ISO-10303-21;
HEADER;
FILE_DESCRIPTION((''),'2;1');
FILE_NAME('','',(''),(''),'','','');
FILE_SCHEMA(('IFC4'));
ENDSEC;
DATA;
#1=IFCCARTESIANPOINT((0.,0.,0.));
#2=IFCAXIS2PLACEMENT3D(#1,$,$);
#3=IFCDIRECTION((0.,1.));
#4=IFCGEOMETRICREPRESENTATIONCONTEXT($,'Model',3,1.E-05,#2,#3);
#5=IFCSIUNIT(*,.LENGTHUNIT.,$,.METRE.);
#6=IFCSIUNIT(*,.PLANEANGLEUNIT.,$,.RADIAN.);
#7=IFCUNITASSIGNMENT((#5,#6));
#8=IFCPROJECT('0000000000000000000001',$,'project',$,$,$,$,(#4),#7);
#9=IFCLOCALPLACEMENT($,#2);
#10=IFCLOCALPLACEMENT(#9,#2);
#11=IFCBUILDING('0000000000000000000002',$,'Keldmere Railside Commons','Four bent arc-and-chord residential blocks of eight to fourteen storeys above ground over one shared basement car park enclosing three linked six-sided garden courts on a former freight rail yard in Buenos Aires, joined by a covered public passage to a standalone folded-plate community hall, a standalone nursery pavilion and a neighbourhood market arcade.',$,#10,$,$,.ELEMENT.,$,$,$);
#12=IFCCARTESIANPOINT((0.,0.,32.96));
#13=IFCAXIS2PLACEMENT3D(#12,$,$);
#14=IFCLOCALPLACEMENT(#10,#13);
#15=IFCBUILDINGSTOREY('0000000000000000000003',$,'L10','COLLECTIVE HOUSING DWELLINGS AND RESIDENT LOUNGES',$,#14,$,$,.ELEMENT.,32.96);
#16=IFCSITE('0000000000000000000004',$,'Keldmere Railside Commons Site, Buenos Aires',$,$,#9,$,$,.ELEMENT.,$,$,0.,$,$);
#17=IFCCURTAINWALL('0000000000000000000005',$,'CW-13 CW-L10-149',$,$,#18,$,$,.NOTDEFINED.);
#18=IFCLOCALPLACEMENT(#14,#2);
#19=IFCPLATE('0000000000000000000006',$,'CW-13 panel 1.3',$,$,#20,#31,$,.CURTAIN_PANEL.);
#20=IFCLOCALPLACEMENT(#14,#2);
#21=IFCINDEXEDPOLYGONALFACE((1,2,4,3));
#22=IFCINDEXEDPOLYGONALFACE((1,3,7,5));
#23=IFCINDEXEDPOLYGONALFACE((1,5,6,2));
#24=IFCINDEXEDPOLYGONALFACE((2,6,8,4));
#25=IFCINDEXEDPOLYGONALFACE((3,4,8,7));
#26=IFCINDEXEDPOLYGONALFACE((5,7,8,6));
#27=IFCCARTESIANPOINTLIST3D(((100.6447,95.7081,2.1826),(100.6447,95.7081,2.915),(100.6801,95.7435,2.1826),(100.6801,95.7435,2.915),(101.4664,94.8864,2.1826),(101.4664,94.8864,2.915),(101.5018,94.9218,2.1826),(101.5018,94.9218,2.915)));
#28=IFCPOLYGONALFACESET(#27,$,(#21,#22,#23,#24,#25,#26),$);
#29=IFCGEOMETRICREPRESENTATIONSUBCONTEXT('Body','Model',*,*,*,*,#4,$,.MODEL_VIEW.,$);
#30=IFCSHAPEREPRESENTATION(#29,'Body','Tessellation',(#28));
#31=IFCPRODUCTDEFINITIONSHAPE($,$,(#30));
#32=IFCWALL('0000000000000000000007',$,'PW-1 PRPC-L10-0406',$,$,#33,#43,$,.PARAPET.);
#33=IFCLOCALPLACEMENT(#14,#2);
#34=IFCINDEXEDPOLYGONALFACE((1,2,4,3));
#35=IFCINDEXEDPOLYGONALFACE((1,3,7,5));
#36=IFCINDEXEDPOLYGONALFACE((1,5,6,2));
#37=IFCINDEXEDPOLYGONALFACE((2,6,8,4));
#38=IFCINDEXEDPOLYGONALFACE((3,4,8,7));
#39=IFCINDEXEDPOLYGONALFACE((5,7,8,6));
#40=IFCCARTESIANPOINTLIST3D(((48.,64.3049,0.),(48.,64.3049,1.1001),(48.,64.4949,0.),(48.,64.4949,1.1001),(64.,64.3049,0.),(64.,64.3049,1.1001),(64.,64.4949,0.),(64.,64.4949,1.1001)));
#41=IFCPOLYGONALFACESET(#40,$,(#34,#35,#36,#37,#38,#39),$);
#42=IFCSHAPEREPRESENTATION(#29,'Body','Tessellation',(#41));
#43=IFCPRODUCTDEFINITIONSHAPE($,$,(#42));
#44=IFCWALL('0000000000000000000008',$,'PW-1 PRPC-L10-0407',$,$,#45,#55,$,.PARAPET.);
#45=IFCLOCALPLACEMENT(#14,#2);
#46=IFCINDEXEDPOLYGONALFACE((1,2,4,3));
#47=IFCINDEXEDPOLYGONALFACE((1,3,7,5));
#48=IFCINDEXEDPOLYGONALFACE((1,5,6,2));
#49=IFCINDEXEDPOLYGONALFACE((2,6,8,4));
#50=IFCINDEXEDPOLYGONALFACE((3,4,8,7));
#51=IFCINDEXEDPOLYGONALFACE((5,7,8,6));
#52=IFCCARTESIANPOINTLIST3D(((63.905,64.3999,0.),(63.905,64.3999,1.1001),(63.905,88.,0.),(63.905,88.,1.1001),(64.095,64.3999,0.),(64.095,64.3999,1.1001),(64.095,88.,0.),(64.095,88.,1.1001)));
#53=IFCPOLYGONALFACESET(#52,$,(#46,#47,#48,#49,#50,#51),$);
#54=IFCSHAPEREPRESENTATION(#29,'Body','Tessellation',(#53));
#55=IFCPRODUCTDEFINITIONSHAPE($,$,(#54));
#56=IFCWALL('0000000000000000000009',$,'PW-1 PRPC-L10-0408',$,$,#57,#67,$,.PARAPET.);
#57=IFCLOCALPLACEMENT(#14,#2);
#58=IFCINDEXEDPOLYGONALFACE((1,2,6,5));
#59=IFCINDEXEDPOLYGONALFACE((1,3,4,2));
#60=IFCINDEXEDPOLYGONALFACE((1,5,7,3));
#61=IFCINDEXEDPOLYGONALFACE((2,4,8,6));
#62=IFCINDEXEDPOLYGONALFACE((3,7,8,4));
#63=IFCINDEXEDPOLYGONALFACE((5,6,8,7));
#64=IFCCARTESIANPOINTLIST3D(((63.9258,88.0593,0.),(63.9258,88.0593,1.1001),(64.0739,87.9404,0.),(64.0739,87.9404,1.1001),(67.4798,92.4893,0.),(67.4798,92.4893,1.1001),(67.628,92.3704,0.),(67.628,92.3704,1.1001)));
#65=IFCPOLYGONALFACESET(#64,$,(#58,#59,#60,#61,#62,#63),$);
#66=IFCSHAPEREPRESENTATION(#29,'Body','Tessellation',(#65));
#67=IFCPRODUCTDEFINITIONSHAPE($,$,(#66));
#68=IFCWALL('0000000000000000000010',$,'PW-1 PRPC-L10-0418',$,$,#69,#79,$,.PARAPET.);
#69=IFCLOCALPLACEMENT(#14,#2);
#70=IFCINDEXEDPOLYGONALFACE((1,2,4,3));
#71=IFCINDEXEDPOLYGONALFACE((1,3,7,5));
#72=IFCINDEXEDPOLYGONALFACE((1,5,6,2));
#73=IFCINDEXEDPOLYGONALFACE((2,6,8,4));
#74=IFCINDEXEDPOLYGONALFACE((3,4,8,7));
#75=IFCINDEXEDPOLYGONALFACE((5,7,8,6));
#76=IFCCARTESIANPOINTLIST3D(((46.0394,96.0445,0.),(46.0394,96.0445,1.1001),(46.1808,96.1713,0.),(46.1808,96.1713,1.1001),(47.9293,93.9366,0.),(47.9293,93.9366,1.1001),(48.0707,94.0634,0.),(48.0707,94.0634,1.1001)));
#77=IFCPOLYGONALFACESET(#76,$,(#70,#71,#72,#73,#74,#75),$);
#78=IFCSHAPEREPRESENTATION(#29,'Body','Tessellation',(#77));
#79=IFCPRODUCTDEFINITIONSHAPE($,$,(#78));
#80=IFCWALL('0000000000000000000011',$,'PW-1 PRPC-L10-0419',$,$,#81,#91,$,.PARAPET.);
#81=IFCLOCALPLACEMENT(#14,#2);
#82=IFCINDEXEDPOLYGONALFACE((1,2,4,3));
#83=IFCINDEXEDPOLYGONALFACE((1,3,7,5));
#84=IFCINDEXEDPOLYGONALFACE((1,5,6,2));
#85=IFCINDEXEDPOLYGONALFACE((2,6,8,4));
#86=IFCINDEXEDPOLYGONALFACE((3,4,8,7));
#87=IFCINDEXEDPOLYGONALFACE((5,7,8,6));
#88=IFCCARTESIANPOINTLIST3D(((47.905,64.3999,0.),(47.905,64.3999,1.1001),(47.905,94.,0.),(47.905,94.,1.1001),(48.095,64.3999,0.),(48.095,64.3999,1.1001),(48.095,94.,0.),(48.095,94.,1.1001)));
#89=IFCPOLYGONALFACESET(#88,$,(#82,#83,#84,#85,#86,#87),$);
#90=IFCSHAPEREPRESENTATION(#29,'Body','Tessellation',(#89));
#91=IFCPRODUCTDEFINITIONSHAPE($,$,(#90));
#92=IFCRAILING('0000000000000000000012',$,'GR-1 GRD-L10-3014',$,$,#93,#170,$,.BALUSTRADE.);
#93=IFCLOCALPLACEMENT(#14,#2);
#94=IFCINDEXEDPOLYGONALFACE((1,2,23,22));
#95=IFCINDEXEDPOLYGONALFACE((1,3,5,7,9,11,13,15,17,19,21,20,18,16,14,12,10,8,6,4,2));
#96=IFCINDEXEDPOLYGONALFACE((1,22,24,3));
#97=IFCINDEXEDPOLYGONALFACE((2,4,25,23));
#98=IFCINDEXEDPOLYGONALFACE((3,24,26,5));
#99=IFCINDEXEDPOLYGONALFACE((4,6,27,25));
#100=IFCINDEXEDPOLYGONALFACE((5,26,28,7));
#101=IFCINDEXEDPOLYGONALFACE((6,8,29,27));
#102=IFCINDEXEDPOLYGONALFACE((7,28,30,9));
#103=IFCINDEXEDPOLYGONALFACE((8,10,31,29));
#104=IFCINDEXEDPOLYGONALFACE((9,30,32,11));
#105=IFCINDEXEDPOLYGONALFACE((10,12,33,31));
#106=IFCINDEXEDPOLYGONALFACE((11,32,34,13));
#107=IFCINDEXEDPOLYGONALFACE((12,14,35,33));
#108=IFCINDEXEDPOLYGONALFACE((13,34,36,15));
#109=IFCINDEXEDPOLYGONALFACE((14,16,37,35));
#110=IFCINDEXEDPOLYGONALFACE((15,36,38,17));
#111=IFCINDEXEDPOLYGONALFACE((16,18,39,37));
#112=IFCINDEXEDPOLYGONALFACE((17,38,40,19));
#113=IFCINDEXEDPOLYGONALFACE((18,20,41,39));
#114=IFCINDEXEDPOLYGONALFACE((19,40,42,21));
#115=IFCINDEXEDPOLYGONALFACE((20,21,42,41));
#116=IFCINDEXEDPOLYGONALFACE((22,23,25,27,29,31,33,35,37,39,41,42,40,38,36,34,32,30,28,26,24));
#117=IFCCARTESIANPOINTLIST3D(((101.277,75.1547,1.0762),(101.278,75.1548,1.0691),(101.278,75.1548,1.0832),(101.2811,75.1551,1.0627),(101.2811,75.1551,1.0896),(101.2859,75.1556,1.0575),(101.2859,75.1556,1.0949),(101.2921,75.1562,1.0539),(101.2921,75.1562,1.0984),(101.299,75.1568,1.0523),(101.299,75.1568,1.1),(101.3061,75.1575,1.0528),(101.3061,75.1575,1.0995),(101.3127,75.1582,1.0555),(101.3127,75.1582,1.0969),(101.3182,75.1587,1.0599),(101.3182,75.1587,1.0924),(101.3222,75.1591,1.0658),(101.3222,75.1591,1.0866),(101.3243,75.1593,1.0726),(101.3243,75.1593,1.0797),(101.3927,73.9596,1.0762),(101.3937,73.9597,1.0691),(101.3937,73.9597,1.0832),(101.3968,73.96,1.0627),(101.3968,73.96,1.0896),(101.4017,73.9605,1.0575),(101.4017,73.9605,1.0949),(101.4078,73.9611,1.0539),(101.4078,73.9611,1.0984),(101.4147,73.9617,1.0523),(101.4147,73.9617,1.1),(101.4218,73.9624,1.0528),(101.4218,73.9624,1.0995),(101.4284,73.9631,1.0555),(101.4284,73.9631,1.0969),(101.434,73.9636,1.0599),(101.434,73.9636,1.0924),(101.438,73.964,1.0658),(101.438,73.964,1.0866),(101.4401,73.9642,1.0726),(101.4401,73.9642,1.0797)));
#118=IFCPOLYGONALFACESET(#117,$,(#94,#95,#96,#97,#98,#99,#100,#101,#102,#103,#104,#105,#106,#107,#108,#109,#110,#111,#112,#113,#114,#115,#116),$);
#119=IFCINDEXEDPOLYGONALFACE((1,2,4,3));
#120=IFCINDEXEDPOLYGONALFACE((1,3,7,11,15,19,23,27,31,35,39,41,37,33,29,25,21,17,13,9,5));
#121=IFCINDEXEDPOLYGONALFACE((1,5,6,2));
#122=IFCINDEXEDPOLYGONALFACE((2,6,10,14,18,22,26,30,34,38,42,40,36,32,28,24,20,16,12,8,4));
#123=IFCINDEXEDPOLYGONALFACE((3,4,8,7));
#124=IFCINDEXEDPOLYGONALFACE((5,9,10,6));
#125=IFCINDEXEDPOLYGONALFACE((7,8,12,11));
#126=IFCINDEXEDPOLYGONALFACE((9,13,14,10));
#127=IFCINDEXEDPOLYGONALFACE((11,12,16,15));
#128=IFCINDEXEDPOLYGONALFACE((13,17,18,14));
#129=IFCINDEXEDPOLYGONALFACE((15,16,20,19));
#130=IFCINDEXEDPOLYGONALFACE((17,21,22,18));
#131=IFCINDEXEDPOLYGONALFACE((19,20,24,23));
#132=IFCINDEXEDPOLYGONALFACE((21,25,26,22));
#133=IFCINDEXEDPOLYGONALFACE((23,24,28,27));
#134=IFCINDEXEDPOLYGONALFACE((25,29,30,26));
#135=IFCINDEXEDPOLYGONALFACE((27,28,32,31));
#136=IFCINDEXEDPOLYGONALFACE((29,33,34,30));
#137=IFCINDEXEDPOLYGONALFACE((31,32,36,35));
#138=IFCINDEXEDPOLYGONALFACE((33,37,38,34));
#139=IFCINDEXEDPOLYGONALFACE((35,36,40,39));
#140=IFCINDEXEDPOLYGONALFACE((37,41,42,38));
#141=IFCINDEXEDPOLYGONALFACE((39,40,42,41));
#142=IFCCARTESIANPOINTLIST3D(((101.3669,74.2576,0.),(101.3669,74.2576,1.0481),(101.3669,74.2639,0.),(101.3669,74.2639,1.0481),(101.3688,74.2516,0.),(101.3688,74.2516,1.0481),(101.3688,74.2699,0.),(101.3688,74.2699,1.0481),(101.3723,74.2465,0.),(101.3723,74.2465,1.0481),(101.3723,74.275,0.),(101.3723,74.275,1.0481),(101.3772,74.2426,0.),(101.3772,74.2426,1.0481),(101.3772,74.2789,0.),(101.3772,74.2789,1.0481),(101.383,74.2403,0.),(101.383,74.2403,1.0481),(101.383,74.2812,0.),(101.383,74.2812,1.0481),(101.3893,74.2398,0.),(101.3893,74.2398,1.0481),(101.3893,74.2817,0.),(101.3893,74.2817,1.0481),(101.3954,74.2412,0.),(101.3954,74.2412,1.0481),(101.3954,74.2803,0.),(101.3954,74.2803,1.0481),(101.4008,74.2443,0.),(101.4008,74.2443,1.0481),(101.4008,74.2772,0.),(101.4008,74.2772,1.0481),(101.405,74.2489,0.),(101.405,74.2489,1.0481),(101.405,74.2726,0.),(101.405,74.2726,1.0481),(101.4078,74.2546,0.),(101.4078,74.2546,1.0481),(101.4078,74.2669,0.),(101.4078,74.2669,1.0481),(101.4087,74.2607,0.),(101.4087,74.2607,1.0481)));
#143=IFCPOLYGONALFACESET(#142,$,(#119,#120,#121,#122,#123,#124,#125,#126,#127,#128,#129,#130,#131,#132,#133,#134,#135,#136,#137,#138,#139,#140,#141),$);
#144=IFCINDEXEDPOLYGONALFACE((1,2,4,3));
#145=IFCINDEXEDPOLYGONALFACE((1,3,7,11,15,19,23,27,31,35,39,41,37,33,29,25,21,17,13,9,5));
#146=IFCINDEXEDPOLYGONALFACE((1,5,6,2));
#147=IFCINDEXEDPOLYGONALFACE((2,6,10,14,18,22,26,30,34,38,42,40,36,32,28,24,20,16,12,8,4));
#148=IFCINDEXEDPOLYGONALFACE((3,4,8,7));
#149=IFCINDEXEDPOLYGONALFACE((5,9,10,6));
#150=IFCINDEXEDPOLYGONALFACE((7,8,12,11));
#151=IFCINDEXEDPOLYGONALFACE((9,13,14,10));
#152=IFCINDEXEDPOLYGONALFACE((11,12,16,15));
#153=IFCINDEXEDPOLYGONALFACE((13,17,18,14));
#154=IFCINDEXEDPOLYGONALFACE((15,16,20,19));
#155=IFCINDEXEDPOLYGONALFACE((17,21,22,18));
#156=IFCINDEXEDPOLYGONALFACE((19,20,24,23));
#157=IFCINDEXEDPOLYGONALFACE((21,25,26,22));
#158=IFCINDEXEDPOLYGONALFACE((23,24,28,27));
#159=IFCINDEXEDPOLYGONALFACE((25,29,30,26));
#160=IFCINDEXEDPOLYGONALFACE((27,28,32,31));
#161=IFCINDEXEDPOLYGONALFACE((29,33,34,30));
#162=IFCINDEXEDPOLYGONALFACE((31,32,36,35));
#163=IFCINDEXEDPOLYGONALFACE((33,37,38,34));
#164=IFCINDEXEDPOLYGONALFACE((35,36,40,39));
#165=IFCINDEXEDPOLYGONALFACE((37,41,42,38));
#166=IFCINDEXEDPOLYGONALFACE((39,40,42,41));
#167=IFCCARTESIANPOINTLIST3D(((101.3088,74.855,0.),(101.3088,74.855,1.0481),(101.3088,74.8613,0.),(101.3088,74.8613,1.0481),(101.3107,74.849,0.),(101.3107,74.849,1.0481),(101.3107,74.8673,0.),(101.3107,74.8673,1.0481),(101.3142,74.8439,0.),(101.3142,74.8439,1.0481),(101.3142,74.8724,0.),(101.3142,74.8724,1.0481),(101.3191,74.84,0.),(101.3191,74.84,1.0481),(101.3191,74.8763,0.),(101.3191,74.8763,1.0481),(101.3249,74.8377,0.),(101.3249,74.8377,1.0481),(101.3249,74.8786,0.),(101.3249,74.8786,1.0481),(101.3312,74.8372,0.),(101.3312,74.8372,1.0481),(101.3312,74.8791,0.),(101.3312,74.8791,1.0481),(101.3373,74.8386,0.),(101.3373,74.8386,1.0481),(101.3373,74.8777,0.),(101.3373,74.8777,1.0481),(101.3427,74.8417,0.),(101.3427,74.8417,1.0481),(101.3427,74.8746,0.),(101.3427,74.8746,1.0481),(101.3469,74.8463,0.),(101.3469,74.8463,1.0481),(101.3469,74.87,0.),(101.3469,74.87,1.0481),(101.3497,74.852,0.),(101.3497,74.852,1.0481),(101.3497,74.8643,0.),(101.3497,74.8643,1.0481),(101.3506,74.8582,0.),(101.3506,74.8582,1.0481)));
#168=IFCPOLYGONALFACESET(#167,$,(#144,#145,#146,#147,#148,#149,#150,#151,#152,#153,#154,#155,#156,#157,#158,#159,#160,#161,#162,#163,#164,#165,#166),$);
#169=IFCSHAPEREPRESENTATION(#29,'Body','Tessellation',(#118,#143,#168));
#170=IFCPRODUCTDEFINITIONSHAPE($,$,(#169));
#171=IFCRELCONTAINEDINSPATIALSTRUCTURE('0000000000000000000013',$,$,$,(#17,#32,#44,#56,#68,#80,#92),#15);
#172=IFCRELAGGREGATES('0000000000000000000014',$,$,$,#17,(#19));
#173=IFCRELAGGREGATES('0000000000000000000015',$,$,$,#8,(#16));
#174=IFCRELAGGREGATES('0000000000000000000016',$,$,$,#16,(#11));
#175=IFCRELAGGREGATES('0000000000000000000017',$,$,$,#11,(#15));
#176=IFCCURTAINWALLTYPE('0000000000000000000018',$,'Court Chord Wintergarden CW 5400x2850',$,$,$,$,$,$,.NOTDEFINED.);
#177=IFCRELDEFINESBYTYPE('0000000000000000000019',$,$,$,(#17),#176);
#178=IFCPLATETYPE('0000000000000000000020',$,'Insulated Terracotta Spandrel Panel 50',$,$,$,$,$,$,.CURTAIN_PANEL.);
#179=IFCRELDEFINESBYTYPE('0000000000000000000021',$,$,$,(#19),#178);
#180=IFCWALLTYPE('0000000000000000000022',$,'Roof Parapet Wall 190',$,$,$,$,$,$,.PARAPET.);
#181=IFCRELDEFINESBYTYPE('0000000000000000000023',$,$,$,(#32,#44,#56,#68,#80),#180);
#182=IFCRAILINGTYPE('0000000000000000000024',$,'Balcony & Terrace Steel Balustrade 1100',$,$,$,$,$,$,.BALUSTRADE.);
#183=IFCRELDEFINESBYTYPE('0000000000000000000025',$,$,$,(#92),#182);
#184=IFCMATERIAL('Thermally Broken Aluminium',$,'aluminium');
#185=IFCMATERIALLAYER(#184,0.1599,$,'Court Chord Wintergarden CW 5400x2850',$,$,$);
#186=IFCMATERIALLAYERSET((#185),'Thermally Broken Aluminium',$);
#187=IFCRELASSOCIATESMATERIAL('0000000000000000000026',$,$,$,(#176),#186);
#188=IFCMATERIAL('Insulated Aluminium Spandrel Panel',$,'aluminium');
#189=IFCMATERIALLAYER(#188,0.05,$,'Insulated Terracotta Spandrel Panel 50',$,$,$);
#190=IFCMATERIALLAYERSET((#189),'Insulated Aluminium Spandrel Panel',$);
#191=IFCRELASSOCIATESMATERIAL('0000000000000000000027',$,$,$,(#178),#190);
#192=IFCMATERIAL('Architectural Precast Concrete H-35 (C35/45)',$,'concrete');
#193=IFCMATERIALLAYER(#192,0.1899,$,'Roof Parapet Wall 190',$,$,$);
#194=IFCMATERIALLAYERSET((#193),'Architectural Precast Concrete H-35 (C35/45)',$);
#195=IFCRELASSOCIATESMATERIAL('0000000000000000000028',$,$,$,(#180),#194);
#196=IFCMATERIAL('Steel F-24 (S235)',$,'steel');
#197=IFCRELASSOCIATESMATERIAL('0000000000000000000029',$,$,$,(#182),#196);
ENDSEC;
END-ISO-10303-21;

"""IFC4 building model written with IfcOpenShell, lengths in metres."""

from ifc_helpers import new_model, si_unit, direction, frame, frame_2d, origin, origin_2d, place, context, subcontext, project, spatial, rectangle, circle, extrude, material, layer, layer_set, type_object, element, aggregate, save


model = new_model("IFC4")

# Units and contexts
model_context = context("Model", 3, precision=1e-05, world=origin(), true_north=direction((0.0, 1.0)))
body_context = subcontext(model_context, "Body", "Model", "MODEL_VIEW")
ifc_project = project(units=[si_unit("LENGTHUNIT", "METRE"), si_unit("PLANEANGLEUNIT", "RADIAN")], contexts=[model_context])

# Site, building, storey
site_placement = place(None, origin())
site = spatial("IfcSite", under=ifc_project, at=site_placement, Name="Keldmere Railside Commons Site, Buenos Aires", CompositionType="ELEMENT", RefElevation=0.0)
building_placement = place(site_placement, origin())
building = spatial("IfcBuilding", under=site, at=building_placement, Name="Keldmere Railside Commons", Description="Four bent arc-and-chord residential blocks of eight to fourteen storeys above ground over one shared basement car park enclosing three linked six-sided garden courts on a former freight rail yard in Buenos Aires, joined by a covered public passage to a standalone folded-plate community hall, a standalone nursery pavilion and a neighbourhood market arcade.", CompositionType="ELEMENT")
storey_placement = place(building_placement, frame((0.0, 0.0, 32.96)))
storey = spatial("IfcBuildingStorey", under=building, at=storey_placement, Name="L10", Description="COLLECTIVE HOUSING DWELLINGS AND RESIDENT LOUNGES", CompositionType="ELEMENT", Elevation=32.96)

# Curtain wall
ifc_material_1 = material(Name="Thermally Broken Aluminium", Category="aluminium")
ifc_layer_1 = layer(ifc_material_1, 0.1599, Name="Court Chord Wintergarden CW 5400x2850")
ifc_layer_set_1 = layer_set([ifc_layer_1], Name="Thermally Broken Aluminium")
curtain_wall_type_1 = type_object("IfcCurtainWallType", Name="Court Chord Wintergarden CW 5400x2850", PredefinedType="NOTDEFINED", material=ifc_layer_set_1)
curtain_wall_1_placement = place(storey_placement, origin())
curtain_wall_1 = element("IfcCurtainWall", 1, at=curtain_wall_1_placement, inside=storey, type_object=curtain_wall_type_1, Name="CW-13 CW-L10-149", PredefinedType="NOTDEFINED")

# Plate
ifc_material_2 = material(Name="Insulated Aluminium Spandrel Panel", Category="aluminium")
ifc_layer_2 = layer(ifc_material_2, 0.05, Name="Insulated Terracotta Spandrel Panel 50")
ifc_layer_set_2 = layer_set([ifc_layer_2], Name="Insulated Aluminium Spandrel Panel")
plate_type = type_object("IfcPlateType", Name="Insulated Terracotta Spandrel Panel 50", PredefinedType="CURTAIN_PANEL", material=ifc_layer_set_2)
plate_1_placement = place(storey_placement, frame((101.0732, 95.3149, 2.1826), z_axis=(0.0, 0.0, 1.0), x_axis=(-0.707107, 0.707107, 0.0)))
plate_1 = element("IfcPlate", 2, at=plate_1_placement, type_object=plate_type, Name="CW-13 panel 1.3", PredefinedType="CURTAIN_PANEL", context=body_context, shape_type="SweptSolid", body=[
    extrude(rectangle(XDim=1.1621, YDim=0.05, at=origin_2d()), origin(), (0.0, 0.0, 1.0), 0.7324),
])
aggregate(curtain_wall_1, [plate_1])

# Walls
ifc_material_3 = material(Name="Architectural Precast Concrete H-35 (C35/45)", Category="concrete")
ifc_layer_3 = layer(ifc_material_3, 0.1899, Name="Roof Parapet Wall 190")
ifc_layer_set_3 = layer_set([ifc_layer_3], Name="Architectural Precast Concrete H-35 (C35/45)")
wall_type = type_object("IfcWallType", Name="Roof Parapet Wall 190", PredefinedType="PARAPET", material=ifc_layer_set_3)
wall_1_placement = place(storey_placement, frame((64.0, 64.3999, 0.0), z_axis=(0.0, 0.0, 1.0), x_axis=(-1.0, 0.0, 0.0)))
element("IfcWall", 3, at=wall_1_placement, inside=storey, type_object=wall_type, Name="PW-1 PRPC-L10-0406", PredefinedType="PARAPET", context=body_context, shape_type="SweptSolid", body=[
    extrude(rectangle(XDim=16.0, YDim=0.1899, at=frame_2d((8.0, 0.0))), origin(), (0.0, 0.0, 1.0), 1.1001),
])
wall_2_placement = place(storey_placement, frame((64.0, 88.0, 0.0), z_axis=(0.0, 0.0, 1.0), x_axis=(0.0, -1.0, 0.0)))
element("IfcWall", 4, at=wall_2_placement, inside=storey, type_object=wall_type, Name="PW-1 PRPC-L10-0407", PredefinedType="PARAPET", context=body_context, shape_type="SweptSolid", body=[
    extrude(rectangle(XDim=23.6001, YDim=0.1899, at=frame_2d((11.8, 0.0))), origin(), (0.0, 0.0, 1.0), 1.1001),
])
wall_3_placement = place(storey_placement, frame((67.554, 92.4299, 0.0), z_axis=(0.0, 0.0, 1.0), x_axis=(-0.625769, -0.780008, 0.0)))
element("IfcWall", 5, at=wall_3_placement, inside=storey, type_object=wall_type, Name="PW-1 PRPC-L10-0408", PredefinedType="PARAPET", context=body_context, shape_type="SweptSolid", body=[
    extrude(rectangle(XDim=5.6794, YDim=0.1899, at=frame_2d((2.8398, 0.0))), origin(), (0.0, 0.0, 1.0), 1.1001),
])
wall_4_placement = place(storey_placement, frame((48.0, 94.0, 0.0), z_axis=(0.0, 0.0, 1.0), x_axis=(-0.667553, 0.744562, 0.0)))
element("IfcWall", 6, at=wall_4_placement, inside=storey, type_object=wall_type, Name="PW-1 PRPC-L10-0418", PredefinedType="PARAPET", context=body_context, shape_type="SweptSolid", body=[
    extrude(rectangle(XDim=2.8311, YDim=0.1899, at=frame_2d((1.4155, 0.0))), origin(), (0.0, 0.0, 1.0), 1.1001),
])
wall_5_placement = place(storey_placement, frame((48.0, 64.3999, 0.0), z_axis=(0.0, 0.0, 1.0), x_axis=(0.0, 1.0, 0.0)))
element("IfcWall", 7, at=wall_5_placement, inside=storey, type_object=wall_type, Name="PW-1 PRPC-L10-0419", PredefinedType="PARAPET", context=body_context, shape_type="SweptSolid", body=[
    extrude(rectangle(XDim=29.6001, YDim=0.1899, at=frame_2d((14.8, 0.0))), origin(), (0.0, 0.0, 1.0), 1.1001),
])

# Railing
ifc_material_4 = material(Name="Steel F-24 (S235)", Category="steel")
railing_type = type_object("IfcRailingType", Name="Balcony & Terrace Steel Balustrade 1100", PredefinedType="BALUSTRADE", material=ifc_material_4)
railing_1_placement = place(storey_placement, frame((101.4165, 73.9619, 0.0)))
element("IfcRailing", 8, at=railing_1_placement, inside=storey, type_object=railing_type, Name="GR-1 GRD-L10-3014", PredefinedType="BALUSTRADE", context=body_context, shape_type="SweptSolid", body=[
    extrude(circle(Radius=0.0239, at=origin_2d()), frame((0.0, 0.0, 1.0762), z_axis=(-0.096383, 0.995344, 0.0), x_axis=(-0.995344, -0.096383, 0.0)), (0.0, 0.0, 1.0), 1.2007),
    extrude(circle(Radius=0.021, at=origin_2d()), frame((-0.0288, 0.2988, 0.0)), (0.0, 0.0, 1.0), 1.0481),
    extrude(circle(Radius=0.021, at=origin_2d()), frame((-0.0869, 0.8962, 0.0)), (0.0, 0.0, 1.0), 1.0481),
])

save(model, "model.ifc")
